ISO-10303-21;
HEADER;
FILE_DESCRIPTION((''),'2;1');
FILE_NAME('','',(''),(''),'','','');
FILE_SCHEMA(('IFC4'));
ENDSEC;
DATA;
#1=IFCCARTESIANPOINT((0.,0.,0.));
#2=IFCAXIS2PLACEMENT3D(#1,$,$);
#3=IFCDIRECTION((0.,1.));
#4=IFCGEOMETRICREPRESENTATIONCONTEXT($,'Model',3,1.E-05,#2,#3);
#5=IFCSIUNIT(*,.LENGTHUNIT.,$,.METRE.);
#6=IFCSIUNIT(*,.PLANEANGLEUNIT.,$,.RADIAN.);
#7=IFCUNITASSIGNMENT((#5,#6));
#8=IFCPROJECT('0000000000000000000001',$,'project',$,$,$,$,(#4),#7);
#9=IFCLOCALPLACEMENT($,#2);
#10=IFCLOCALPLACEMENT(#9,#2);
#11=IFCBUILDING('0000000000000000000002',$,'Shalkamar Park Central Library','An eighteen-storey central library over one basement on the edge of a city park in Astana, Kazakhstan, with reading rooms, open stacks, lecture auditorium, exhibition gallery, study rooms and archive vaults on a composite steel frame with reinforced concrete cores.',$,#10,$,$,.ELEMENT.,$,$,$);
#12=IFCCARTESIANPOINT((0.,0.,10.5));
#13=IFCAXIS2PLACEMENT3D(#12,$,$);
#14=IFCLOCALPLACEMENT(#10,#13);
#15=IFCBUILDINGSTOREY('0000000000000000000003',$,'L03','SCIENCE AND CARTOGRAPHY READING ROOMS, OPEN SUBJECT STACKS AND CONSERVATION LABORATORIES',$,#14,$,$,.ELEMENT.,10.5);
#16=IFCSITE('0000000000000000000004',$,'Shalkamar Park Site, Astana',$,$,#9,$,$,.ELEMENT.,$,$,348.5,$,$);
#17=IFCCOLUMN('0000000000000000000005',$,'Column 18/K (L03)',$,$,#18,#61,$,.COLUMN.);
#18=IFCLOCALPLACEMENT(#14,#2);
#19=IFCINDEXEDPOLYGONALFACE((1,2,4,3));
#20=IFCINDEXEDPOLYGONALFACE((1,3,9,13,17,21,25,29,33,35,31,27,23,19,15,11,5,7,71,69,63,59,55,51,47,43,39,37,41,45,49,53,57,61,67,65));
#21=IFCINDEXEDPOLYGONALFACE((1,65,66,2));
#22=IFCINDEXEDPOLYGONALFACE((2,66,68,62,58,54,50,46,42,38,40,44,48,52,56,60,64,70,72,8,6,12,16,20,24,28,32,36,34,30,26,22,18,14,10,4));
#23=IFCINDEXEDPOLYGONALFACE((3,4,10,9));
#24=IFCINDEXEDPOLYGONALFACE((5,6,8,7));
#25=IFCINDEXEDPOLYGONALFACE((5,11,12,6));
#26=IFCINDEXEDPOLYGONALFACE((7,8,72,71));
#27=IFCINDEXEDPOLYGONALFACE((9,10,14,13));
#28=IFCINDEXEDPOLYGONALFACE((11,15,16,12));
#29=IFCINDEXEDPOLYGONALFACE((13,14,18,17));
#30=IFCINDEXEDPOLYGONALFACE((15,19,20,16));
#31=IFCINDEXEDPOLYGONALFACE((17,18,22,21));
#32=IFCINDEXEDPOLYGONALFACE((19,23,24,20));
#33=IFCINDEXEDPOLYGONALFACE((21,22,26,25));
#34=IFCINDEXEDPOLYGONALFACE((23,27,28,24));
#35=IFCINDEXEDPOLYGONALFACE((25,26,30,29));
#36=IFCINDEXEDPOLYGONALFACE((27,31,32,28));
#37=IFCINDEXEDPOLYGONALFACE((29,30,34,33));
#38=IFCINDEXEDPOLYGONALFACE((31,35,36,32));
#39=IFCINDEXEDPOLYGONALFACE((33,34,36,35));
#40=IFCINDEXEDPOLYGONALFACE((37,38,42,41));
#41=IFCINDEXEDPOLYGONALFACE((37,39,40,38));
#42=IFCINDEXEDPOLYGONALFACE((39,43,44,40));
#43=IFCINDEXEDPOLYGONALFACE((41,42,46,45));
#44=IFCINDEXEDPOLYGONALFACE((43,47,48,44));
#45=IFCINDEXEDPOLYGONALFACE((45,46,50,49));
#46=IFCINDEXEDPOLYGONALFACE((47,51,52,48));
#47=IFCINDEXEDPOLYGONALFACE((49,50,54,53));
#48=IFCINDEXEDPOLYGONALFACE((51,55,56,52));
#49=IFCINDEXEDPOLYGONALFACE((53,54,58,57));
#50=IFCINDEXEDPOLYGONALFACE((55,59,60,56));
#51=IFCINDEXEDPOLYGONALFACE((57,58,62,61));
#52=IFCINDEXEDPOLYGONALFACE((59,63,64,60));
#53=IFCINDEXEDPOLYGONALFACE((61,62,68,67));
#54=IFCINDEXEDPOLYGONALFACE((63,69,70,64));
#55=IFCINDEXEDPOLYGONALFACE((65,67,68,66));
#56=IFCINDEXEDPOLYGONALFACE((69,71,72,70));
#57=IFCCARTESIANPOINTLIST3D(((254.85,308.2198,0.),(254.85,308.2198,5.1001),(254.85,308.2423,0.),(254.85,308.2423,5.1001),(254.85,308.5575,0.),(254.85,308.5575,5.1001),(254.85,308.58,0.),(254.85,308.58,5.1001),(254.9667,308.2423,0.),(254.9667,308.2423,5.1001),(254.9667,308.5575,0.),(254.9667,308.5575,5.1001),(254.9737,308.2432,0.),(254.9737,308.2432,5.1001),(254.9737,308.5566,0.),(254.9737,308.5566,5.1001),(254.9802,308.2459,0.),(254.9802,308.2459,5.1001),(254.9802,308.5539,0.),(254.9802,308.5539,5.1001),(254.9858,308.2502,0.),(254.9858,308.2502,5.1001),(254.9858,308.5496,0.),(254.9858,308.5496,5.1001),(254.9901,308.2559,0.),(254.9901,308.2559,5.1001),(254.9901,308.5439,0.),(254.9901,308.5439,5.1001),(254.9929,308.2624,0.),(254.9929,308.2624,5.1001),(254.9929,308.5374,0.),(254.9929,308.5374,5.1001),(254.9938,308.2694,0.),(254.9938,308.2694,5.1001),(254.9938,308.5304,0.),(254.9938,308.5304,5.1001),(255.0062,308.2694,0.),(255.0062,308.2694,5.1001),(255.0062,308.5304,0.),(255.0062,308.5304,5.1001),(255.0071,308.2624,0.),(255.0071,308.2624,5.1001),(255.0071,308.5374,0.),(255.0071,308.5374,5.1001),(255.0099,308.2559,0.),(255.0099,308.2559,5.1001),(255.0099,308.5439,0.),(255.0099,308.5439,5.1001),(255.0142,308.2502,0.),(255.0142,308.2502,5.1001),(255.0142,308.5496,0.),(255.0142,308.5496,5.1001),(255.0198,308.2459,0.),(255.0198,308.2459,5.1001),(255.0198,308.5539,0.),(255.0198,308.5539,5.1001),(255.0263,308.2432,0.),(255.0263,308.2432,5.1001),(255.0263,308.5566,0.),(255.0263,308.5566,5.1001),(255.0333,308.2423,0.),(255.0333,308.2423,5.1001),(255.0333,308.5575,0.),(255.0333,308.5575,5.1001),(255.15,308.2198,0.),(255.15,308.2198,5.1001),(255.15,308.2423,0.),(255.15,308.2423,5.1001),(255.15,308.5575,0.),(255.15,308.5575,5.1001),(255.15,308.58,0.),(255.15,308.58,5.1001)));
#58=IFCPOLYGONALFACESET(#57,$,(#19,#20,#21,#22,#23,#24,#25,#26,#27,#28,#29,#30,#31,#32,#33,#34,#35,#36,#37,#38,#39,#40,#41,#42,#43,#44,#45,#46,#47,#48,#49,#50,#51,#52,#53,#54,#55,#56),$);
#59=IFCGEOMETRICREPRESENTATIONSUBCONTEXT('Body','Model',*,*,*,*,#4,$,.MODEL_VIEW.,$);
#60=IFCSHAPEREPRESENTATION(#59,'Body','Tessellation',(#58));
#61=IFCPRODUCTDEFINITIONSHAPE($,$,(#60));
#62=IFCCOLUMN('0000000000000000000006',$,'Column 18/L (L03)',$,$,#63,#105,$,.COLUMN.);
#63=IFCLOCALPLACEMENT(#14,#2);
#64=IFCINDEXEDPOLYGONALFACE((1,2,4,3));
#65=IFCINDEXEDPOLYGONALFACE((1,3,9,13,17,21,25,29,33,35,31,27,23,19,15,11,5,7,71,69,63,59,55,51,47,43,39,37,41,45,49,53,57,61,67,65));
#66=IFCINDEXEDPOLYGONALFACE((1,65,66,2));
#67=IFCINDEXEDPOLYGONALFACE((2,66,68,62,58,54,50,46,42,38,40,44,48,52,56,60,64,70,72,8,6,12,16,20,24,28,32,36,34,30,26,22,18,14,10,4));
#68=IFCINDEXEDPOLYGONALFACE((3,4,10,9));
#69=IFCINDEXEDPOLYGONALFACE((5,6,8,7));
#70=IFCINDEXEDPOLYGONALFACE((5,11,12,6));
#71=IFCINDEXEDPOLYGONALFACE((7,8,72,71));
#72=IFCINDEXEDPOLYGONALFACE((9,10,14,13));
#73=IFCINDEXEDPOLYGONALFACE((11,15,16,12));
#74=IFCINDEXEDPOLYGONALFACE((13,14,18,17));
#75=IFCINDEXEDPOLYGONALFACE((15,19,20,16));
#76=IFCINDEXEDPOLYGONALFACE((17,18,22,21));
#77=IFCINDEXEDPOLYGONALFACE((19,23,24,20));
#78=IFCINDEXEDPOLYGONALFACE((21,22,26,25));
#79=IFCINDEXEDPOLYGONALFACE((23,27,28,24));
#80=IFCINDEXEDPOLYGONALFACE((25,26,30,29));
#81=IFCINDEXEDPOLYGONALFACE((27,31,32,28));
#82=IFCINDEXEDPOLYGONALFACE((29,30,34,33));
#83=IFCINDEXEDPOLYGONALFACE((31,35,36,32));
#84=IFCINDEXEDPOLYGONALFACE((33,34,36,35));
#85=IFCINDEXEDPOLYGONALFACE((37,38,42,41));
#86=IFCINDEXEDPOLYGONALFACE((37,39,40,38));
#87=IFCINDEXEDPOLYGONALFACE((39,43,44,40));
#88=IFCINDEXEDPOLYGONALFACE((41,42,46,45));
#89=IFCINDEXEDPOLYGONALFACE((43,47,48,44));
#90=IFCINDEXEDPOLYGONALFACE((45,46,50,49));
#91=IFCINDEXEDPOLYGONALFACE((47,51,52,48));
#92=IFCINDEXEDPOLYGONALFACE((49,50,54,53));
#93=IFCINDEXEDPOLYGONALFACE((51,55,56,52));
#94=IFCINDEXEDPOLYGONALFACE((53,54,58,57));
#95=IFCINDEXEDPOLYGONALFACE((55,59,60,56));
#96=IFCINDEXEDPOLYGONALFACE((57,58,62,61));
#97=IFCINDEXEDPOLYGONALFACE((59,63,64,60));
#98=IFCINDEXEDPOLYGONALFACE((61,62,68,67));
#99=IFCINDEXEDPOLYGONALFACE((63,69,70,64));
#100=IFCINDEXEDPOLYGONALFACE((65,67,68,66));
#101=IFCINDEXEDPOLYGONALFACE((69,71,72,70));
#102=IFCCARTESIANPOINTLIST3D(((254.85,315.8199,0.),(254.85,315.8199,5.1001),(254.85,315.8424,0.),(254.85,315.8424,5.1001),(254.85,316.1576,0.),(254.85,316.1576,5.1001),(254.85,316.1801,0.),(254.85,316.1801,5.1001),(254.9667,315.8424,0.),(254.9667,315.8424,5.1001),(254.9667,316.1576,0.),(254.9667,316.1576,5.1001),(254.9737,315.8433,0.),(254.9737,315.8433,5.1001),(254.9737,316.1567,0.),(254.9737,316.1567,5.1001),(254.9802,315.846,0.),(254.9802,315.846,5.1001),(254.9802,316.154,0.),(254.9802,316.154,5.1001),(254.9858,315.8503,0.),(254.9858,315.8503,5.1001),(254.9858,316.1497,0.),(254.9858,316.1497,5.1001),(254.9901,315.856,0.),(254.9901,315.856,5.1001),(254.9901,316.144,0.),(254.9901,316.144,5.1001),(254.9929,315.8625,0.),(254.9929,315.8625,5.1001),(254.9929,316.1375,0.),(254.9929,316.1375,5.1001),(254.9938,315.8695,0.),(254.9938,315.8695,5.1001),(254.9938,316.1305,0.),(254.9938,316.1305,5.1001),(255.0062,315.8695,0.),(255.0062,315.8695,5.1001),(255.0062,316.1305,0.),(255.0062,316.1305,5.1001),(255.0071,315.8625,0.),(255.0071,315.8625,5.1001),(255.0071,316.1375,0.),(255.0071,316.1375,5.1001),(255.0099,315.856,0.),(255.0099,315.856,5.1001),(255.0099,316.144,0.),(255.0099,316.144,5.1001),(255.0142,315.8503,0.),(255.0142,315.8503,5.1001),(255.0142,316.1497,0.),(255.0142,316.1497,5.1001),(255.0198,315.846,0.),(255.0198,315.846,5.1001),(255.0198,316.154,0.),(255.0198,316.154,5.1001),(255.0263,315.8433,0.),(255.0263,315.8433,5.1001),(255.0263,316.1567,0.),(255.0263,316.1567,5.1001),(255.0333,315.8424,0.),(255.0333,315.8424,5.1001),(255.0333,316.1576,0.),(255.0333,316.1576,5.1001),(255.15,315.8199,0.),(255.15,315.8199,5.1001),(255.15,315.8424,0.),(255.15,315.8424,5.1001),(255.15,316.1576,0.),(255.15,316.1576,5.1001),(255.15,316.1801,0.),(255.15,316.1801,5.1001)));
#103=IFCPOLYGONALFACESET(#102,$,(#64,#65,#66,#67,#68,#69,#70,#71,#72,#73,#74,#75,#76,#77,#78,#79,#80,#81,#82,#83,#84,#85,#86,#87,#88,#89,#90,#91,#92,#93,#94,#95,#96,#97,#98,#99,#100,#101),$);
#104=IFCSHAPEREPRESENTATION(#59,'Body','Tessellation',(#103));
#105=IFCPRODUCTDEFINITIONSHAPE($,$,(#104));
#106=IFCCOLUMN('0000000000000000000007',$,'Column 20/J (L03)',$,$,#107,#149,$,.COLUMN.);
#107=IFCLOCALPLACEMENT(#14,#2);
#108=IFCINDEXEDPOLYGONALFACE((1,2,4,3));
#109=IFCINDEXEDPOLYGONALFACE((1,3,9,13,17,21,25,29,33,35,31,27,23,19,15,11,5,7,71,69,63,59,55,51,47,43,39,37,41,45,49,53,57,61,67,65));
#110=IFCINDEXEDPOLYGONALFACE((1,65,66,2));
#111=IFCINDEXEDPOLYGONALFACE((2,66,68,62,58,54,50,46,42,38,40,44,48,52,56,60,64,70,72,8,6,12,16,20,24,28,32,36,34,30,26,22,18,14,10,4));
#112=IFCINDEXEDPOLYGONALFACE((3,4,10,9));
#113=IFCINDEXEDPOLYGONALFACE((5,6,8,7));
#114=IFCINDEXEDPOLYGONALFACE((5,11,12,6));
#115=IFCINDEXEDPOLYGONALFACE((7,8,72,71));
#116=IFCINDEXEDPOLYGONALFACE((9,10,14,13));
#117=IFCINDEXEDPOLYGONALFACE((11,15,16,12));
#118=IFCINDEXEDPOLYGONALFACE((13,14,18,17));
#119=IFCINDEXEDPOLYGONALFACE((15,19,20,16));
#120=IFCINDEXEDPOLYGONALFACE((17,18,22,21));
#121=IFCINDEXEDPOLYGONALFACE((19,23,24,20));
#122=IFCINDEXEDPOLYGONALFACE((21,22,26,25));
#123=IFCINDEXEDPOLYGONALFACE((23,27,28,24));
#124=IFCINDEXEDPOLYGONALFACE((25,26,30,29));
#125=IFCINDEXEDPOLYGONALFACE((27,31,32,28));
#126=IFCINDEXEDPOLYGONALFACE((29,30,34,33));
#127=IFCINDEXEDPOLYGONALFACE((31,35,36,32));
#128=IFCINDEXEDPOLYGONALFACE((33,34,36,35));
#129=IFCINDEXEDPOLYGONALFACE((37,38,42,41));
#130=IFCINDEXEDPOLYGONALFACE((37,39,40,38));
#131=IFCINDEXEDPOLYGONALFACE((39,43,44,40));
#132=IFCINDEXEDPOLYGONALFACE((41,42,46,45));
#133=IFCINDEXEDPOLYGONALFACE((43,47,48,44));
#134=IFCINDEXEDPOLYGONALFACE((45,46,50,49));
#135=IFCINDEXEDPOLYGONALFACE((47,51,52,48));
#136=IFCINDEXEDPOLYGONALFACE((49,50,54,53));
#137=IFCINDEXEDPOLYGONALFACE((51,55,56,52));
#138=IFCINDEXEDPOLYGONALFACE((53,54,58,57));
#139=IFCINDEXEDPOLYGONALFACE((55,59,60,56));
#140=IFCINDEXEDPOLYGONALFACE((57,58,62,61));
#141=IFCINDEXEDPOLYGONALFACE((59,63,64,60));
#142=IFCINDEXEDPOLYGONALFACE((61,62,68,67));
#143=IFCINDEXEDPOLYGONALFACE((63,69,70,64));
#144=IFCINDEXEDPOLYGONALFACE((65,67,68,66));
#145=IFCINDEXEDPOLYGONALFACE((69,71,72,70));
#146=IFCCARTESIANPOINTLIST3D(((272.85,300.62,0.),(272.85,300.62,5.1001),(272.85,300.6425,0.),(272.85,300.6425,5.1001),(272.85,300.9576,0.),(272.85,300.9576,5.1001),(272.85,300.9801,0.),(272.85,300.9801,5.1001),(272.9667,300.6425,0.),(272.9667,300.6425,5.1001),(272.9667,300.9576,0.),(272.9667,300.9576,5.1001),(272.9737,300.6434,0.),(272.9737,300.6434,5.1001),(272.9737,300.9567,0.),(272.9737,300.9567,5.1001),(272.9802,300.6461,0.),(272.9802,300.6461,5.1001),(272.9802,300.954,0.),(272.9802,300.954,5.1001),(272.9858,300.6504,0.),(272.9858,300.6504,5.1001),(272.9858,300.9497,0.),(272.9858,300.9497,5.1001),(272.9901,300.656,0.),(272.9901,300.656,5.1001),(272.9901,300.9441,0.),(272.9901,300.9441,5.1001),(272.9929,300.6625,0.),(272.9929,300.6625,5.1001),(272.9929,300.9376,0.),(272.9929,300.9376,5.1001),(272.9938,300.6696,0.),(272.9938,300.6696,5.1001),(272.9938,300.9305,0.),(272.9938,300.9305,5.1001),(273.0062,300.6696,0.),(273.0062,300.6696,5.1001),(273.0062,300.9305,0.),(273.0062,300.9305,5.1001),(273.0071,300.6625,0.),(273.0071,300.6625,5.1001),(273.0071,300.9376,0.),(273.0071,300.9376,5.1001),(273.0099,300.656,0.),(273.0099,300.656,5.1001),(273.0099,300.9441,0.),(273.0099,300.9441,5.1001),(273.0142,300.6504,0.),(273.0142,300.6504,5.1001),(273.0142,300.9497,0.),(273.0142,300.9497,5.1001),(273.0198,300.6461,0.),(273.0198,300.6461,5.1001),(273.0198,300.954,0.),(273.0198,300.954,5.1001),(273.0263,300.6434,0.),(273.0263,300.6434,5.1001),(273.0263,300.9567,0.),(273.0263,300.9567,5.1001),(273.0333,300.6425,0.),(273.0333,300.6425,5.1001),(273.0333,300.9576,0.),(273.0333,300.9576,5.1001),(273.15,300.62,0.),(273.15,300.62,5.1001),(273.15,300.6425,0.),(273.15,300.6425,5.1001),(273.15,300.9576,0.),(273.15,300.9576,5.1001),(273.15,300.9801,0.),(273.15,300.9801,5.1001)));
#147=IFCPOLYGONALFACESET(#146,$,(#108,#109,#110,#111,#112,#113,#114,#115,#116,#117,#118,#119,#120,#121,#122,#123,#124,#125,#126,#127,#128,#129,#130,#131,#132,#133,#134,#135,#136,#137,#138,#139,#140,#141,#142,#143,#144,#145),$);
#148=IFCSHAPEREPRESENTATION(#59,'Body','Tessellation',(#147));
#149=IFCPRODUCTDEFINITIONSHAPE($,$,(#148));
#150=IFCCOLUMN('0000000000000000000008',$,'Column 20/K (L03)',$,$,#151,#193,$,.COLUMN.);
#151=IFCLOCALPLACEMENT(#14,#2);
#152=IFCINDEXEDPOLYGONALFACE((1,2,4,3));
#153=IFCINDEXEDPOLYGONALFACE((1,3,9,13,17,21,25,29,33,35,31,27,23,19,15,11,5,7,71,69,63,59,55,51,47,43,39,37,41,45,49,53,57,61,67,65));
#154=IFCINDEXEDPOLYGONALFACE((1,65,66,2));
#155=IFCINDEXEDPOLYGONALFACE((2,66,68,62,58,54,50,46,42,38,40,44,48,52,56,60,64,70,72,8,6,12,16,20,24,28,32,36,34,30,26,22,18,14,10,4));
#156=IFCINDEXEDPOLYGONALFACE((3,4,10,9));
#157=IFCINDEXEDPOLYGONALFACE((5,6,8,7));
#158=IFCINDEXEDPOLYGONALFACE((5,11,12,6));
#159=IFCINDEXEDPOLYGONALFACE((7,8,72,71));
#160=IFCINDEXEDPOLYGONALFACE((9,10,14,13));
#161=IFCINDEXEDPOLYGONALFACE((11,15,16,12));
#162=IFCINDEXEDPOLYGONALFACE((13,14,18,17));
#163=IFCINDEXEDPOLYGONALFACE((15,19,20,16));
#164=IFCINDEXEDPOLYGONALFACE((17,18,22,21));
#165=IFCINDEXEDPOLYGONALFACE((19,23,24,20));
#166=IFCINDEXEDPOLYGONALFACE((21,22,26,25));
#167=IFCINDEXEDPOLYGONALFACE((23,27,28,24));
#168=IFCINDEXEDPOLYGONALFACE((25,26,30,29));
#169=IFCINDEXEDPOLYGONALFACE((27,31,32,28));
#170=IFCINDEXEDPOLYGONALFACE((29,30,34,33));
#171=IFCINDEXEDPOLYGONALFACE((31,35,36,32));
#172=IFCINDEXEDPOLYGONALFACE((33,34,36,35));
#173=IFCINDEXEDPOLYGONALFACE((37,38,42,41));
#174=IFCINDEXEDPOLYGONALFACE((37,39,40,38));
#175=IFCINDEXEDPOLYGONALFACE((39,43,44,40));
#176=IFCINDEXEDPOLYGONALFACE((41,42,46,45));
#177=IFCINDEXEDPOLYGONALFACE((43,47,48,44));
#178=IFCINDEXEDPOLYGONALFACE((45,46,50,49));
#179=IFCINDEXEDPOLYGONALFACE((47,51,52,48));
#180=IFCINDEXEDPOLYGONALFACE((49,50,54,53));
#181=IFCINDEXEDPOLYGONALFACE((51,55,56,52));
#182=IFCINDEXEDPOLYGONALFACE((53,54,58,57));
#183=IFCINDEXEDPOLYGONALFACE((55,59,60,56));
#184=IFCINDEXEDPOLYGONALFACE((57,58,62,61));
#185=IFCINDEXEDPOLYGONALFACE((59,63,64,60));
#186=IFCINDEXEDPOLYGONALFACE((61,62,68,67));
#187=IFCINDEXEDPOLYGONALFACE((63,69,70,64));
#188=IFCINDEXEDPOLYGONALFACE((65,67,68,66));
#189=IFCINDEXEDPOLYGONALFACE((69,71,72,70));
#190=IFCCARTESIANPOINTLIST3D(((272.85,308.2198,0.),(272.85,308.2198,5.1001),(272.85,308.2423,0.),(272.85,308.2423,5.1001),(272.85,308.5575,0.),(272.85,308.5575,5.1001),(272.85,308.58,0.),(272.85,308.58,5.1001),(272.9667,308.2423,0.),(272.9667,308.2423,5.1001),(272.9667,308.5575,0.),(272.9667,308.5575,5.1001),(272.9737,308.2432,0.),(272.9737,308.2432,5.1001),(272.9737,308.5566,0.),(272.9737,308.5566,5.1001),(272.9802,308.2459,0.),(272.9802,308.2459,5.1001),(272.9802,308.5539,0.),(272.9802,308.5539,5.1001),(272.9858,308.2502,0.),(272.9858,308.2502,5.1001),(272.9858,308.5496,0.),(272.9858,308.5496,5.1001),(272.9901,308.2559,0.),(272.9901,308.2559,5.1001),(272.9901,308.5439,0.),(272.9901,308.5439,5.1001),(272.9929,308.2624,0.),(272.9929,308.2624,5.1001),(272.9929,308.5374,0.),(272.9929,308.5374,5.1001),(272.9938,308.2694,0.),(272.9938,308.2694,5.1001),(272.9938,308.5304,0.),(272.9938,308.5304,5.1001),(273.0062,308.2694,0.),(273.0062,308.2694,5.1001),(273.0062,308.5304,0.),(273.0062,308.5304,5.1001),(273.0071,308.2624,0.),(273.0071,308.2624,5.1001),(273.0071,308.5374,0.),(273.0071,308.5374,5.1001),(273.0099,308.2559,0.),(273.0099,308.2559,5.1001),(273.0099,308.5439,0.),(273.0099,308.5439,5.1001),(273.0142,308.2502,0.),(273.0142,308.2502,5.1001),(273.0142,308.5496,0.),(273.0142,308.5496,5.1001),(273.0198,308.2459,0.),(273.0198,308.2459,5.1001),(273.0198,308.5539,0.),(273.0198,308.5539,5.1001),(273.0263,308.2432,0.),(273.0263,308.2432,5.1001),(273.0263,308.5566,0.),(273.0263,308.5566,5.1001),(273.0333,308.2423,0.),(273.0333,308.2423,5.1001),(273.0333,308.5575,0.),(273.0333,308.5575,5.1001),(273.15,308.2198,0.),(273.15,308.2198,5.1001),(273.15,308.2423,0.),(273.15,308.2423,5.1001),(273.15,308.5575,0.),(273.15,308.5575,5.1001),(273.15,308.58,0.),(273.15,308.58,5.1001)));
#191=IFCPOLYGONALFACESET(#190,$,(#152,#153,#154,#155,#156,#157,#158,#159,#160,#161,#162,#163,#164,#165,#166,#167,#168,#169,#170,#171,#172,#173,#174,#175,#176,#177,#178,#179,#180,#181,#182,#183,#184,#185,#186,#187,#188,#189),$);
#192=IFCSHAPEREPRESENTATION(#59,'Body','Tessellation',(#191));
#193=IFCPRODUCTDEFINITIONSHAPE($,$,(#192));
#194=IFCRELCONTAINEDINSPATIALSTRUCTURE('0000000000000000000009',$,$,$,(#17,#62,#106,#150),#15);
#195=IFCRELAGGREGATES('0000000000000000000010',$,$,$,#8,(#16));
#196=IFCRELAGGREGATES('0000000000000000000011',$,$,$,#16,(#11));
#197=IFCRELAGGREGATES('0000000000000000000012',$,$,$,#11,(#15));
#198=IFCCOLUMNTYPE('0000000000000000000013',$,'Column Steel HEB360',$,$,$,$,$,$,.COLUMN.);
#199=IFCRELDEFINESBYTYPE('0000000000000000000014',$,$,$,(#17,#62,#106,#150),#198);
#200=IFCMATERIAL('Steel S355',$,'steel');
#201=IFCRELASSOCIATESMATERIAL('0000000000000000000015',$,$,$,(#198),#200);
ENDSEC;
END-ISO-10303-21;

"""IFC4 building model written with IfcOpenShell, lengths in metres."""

from ifc_helpers import new_model, si_unit, direction, frame, origin, origin_2d, place, context, subcontext, project, spatial, i_section, extrude, material, material_profile, profile_set, type_object, element, save


model = new_model("IFC4")

# Units and contexts
model_context = context("Model", 3, precision=1e-05, world=origin(), true_north=direction((0.0, 1.0)))
body_context = subcontext(model_context, "Body", "Model", "MODEL_VIEW")
ifc_project = project(units=[si_unit("LENGTHUNIT", "METRE"), si_unit("PLANEANGLEUNIT", "RADIAN")], contexts=[model_context])

# Site, building, storey
site_placement = place(None, origin())
site = spatial("IfcSite", under=ifc_project, at=site_placement, Name="Shalkamar Park Site, Astana", CompositionType="ELEMENT", RefElevation=348.5)
building_placement = place(site_placement, origin())
building = spatial("IfcBuilding", under=site, at=building_placement, Name="Shalkamar Park Central Library", Description="An eighteen-storey central library over one basement on the edge of a city park in Astana, Kazakhstan, with reading rooms, open stacks, lecture auditorium, exhibition gallery, study rooms and archive vaults on a composite steel frame with reinforced concrete cores.", CompositionType="ELEMENT")
storey_placement = place(building_placement, frame((0.0, 0.0, 10.5)))
storey = spatial("IfcBuildingStorey", under=building, at=storey_placement, Name="L03", Description="SCIENCE AND CARTOGRAPHY READING ROOMS, OPEN SUBJECT STACKS AND CONSERVATION LABORATORIES", CompositionType="ELEMENT", Elevation=10.5)

# Columns
ifc_material_1 = material(Name="Steel S355", Category="steel")
ifc_material_profile_1 = material_profile(ifc_material_1, i_section(OverallWidth=0.3, OverallDepth=0.3601, WebThickness=0.0125, FlangeThickness=0.0225, FilletRadius=0.0271, at=origin_2d()), Name="HEB 360")
ifc_profile_set_1 = profile_set([ifc_material_profile_1], Name="Steel S355")
column_type_1 = type_object("IfcColumnType", Name="Column Steel HEB360", PredefinedType="COLUMN", material=ifc_profile_set_1)
for number, where, z_axis, x_axis, name in (
    (1, (255.0, 308.3999, 0.0), (0.0, 0.0, 1.0), (1.0, 0.0, 0.0), "Column 18/K (L03)"),
    (2, (255.0, 316.0, 0.0), (0.0, 0.0, 1.0), (1.0, 0.0, 0.0), "Column 18/L (L03)"),
    (3, (273.0, 300.8, 0.0), (0.0, 0.0, 1.0), (1.0, 0.0, 0.0), "Column 20/J (L03)"),
    (4, (273.0, 308.3999, 0.0), (0.0, 0.0, 1.0), (1.0, 0.0, 0.0), "Column 20/K (L03)"),
):
    element("IfcColumn", number, at=place(storey_placement, frame(where, z_axis=z_axis, x_axis=x_axis)), inside=storey, type_object=column_type_1, Name=name, PredefinedType="COLUMN", context=body_context, shape_type="SweptSolid", body=[
        extrude(i_section(OverallWidth=0.3, OverallDepth=0.3601, WebThickness=0.0125, FlangeThickness=0.0225, FilletRadius=0.0271, at=origin_2d()), origin(), (0.0, 0.0, 1.0), 5.1001),
    ])

save(model, "model.ifc")
